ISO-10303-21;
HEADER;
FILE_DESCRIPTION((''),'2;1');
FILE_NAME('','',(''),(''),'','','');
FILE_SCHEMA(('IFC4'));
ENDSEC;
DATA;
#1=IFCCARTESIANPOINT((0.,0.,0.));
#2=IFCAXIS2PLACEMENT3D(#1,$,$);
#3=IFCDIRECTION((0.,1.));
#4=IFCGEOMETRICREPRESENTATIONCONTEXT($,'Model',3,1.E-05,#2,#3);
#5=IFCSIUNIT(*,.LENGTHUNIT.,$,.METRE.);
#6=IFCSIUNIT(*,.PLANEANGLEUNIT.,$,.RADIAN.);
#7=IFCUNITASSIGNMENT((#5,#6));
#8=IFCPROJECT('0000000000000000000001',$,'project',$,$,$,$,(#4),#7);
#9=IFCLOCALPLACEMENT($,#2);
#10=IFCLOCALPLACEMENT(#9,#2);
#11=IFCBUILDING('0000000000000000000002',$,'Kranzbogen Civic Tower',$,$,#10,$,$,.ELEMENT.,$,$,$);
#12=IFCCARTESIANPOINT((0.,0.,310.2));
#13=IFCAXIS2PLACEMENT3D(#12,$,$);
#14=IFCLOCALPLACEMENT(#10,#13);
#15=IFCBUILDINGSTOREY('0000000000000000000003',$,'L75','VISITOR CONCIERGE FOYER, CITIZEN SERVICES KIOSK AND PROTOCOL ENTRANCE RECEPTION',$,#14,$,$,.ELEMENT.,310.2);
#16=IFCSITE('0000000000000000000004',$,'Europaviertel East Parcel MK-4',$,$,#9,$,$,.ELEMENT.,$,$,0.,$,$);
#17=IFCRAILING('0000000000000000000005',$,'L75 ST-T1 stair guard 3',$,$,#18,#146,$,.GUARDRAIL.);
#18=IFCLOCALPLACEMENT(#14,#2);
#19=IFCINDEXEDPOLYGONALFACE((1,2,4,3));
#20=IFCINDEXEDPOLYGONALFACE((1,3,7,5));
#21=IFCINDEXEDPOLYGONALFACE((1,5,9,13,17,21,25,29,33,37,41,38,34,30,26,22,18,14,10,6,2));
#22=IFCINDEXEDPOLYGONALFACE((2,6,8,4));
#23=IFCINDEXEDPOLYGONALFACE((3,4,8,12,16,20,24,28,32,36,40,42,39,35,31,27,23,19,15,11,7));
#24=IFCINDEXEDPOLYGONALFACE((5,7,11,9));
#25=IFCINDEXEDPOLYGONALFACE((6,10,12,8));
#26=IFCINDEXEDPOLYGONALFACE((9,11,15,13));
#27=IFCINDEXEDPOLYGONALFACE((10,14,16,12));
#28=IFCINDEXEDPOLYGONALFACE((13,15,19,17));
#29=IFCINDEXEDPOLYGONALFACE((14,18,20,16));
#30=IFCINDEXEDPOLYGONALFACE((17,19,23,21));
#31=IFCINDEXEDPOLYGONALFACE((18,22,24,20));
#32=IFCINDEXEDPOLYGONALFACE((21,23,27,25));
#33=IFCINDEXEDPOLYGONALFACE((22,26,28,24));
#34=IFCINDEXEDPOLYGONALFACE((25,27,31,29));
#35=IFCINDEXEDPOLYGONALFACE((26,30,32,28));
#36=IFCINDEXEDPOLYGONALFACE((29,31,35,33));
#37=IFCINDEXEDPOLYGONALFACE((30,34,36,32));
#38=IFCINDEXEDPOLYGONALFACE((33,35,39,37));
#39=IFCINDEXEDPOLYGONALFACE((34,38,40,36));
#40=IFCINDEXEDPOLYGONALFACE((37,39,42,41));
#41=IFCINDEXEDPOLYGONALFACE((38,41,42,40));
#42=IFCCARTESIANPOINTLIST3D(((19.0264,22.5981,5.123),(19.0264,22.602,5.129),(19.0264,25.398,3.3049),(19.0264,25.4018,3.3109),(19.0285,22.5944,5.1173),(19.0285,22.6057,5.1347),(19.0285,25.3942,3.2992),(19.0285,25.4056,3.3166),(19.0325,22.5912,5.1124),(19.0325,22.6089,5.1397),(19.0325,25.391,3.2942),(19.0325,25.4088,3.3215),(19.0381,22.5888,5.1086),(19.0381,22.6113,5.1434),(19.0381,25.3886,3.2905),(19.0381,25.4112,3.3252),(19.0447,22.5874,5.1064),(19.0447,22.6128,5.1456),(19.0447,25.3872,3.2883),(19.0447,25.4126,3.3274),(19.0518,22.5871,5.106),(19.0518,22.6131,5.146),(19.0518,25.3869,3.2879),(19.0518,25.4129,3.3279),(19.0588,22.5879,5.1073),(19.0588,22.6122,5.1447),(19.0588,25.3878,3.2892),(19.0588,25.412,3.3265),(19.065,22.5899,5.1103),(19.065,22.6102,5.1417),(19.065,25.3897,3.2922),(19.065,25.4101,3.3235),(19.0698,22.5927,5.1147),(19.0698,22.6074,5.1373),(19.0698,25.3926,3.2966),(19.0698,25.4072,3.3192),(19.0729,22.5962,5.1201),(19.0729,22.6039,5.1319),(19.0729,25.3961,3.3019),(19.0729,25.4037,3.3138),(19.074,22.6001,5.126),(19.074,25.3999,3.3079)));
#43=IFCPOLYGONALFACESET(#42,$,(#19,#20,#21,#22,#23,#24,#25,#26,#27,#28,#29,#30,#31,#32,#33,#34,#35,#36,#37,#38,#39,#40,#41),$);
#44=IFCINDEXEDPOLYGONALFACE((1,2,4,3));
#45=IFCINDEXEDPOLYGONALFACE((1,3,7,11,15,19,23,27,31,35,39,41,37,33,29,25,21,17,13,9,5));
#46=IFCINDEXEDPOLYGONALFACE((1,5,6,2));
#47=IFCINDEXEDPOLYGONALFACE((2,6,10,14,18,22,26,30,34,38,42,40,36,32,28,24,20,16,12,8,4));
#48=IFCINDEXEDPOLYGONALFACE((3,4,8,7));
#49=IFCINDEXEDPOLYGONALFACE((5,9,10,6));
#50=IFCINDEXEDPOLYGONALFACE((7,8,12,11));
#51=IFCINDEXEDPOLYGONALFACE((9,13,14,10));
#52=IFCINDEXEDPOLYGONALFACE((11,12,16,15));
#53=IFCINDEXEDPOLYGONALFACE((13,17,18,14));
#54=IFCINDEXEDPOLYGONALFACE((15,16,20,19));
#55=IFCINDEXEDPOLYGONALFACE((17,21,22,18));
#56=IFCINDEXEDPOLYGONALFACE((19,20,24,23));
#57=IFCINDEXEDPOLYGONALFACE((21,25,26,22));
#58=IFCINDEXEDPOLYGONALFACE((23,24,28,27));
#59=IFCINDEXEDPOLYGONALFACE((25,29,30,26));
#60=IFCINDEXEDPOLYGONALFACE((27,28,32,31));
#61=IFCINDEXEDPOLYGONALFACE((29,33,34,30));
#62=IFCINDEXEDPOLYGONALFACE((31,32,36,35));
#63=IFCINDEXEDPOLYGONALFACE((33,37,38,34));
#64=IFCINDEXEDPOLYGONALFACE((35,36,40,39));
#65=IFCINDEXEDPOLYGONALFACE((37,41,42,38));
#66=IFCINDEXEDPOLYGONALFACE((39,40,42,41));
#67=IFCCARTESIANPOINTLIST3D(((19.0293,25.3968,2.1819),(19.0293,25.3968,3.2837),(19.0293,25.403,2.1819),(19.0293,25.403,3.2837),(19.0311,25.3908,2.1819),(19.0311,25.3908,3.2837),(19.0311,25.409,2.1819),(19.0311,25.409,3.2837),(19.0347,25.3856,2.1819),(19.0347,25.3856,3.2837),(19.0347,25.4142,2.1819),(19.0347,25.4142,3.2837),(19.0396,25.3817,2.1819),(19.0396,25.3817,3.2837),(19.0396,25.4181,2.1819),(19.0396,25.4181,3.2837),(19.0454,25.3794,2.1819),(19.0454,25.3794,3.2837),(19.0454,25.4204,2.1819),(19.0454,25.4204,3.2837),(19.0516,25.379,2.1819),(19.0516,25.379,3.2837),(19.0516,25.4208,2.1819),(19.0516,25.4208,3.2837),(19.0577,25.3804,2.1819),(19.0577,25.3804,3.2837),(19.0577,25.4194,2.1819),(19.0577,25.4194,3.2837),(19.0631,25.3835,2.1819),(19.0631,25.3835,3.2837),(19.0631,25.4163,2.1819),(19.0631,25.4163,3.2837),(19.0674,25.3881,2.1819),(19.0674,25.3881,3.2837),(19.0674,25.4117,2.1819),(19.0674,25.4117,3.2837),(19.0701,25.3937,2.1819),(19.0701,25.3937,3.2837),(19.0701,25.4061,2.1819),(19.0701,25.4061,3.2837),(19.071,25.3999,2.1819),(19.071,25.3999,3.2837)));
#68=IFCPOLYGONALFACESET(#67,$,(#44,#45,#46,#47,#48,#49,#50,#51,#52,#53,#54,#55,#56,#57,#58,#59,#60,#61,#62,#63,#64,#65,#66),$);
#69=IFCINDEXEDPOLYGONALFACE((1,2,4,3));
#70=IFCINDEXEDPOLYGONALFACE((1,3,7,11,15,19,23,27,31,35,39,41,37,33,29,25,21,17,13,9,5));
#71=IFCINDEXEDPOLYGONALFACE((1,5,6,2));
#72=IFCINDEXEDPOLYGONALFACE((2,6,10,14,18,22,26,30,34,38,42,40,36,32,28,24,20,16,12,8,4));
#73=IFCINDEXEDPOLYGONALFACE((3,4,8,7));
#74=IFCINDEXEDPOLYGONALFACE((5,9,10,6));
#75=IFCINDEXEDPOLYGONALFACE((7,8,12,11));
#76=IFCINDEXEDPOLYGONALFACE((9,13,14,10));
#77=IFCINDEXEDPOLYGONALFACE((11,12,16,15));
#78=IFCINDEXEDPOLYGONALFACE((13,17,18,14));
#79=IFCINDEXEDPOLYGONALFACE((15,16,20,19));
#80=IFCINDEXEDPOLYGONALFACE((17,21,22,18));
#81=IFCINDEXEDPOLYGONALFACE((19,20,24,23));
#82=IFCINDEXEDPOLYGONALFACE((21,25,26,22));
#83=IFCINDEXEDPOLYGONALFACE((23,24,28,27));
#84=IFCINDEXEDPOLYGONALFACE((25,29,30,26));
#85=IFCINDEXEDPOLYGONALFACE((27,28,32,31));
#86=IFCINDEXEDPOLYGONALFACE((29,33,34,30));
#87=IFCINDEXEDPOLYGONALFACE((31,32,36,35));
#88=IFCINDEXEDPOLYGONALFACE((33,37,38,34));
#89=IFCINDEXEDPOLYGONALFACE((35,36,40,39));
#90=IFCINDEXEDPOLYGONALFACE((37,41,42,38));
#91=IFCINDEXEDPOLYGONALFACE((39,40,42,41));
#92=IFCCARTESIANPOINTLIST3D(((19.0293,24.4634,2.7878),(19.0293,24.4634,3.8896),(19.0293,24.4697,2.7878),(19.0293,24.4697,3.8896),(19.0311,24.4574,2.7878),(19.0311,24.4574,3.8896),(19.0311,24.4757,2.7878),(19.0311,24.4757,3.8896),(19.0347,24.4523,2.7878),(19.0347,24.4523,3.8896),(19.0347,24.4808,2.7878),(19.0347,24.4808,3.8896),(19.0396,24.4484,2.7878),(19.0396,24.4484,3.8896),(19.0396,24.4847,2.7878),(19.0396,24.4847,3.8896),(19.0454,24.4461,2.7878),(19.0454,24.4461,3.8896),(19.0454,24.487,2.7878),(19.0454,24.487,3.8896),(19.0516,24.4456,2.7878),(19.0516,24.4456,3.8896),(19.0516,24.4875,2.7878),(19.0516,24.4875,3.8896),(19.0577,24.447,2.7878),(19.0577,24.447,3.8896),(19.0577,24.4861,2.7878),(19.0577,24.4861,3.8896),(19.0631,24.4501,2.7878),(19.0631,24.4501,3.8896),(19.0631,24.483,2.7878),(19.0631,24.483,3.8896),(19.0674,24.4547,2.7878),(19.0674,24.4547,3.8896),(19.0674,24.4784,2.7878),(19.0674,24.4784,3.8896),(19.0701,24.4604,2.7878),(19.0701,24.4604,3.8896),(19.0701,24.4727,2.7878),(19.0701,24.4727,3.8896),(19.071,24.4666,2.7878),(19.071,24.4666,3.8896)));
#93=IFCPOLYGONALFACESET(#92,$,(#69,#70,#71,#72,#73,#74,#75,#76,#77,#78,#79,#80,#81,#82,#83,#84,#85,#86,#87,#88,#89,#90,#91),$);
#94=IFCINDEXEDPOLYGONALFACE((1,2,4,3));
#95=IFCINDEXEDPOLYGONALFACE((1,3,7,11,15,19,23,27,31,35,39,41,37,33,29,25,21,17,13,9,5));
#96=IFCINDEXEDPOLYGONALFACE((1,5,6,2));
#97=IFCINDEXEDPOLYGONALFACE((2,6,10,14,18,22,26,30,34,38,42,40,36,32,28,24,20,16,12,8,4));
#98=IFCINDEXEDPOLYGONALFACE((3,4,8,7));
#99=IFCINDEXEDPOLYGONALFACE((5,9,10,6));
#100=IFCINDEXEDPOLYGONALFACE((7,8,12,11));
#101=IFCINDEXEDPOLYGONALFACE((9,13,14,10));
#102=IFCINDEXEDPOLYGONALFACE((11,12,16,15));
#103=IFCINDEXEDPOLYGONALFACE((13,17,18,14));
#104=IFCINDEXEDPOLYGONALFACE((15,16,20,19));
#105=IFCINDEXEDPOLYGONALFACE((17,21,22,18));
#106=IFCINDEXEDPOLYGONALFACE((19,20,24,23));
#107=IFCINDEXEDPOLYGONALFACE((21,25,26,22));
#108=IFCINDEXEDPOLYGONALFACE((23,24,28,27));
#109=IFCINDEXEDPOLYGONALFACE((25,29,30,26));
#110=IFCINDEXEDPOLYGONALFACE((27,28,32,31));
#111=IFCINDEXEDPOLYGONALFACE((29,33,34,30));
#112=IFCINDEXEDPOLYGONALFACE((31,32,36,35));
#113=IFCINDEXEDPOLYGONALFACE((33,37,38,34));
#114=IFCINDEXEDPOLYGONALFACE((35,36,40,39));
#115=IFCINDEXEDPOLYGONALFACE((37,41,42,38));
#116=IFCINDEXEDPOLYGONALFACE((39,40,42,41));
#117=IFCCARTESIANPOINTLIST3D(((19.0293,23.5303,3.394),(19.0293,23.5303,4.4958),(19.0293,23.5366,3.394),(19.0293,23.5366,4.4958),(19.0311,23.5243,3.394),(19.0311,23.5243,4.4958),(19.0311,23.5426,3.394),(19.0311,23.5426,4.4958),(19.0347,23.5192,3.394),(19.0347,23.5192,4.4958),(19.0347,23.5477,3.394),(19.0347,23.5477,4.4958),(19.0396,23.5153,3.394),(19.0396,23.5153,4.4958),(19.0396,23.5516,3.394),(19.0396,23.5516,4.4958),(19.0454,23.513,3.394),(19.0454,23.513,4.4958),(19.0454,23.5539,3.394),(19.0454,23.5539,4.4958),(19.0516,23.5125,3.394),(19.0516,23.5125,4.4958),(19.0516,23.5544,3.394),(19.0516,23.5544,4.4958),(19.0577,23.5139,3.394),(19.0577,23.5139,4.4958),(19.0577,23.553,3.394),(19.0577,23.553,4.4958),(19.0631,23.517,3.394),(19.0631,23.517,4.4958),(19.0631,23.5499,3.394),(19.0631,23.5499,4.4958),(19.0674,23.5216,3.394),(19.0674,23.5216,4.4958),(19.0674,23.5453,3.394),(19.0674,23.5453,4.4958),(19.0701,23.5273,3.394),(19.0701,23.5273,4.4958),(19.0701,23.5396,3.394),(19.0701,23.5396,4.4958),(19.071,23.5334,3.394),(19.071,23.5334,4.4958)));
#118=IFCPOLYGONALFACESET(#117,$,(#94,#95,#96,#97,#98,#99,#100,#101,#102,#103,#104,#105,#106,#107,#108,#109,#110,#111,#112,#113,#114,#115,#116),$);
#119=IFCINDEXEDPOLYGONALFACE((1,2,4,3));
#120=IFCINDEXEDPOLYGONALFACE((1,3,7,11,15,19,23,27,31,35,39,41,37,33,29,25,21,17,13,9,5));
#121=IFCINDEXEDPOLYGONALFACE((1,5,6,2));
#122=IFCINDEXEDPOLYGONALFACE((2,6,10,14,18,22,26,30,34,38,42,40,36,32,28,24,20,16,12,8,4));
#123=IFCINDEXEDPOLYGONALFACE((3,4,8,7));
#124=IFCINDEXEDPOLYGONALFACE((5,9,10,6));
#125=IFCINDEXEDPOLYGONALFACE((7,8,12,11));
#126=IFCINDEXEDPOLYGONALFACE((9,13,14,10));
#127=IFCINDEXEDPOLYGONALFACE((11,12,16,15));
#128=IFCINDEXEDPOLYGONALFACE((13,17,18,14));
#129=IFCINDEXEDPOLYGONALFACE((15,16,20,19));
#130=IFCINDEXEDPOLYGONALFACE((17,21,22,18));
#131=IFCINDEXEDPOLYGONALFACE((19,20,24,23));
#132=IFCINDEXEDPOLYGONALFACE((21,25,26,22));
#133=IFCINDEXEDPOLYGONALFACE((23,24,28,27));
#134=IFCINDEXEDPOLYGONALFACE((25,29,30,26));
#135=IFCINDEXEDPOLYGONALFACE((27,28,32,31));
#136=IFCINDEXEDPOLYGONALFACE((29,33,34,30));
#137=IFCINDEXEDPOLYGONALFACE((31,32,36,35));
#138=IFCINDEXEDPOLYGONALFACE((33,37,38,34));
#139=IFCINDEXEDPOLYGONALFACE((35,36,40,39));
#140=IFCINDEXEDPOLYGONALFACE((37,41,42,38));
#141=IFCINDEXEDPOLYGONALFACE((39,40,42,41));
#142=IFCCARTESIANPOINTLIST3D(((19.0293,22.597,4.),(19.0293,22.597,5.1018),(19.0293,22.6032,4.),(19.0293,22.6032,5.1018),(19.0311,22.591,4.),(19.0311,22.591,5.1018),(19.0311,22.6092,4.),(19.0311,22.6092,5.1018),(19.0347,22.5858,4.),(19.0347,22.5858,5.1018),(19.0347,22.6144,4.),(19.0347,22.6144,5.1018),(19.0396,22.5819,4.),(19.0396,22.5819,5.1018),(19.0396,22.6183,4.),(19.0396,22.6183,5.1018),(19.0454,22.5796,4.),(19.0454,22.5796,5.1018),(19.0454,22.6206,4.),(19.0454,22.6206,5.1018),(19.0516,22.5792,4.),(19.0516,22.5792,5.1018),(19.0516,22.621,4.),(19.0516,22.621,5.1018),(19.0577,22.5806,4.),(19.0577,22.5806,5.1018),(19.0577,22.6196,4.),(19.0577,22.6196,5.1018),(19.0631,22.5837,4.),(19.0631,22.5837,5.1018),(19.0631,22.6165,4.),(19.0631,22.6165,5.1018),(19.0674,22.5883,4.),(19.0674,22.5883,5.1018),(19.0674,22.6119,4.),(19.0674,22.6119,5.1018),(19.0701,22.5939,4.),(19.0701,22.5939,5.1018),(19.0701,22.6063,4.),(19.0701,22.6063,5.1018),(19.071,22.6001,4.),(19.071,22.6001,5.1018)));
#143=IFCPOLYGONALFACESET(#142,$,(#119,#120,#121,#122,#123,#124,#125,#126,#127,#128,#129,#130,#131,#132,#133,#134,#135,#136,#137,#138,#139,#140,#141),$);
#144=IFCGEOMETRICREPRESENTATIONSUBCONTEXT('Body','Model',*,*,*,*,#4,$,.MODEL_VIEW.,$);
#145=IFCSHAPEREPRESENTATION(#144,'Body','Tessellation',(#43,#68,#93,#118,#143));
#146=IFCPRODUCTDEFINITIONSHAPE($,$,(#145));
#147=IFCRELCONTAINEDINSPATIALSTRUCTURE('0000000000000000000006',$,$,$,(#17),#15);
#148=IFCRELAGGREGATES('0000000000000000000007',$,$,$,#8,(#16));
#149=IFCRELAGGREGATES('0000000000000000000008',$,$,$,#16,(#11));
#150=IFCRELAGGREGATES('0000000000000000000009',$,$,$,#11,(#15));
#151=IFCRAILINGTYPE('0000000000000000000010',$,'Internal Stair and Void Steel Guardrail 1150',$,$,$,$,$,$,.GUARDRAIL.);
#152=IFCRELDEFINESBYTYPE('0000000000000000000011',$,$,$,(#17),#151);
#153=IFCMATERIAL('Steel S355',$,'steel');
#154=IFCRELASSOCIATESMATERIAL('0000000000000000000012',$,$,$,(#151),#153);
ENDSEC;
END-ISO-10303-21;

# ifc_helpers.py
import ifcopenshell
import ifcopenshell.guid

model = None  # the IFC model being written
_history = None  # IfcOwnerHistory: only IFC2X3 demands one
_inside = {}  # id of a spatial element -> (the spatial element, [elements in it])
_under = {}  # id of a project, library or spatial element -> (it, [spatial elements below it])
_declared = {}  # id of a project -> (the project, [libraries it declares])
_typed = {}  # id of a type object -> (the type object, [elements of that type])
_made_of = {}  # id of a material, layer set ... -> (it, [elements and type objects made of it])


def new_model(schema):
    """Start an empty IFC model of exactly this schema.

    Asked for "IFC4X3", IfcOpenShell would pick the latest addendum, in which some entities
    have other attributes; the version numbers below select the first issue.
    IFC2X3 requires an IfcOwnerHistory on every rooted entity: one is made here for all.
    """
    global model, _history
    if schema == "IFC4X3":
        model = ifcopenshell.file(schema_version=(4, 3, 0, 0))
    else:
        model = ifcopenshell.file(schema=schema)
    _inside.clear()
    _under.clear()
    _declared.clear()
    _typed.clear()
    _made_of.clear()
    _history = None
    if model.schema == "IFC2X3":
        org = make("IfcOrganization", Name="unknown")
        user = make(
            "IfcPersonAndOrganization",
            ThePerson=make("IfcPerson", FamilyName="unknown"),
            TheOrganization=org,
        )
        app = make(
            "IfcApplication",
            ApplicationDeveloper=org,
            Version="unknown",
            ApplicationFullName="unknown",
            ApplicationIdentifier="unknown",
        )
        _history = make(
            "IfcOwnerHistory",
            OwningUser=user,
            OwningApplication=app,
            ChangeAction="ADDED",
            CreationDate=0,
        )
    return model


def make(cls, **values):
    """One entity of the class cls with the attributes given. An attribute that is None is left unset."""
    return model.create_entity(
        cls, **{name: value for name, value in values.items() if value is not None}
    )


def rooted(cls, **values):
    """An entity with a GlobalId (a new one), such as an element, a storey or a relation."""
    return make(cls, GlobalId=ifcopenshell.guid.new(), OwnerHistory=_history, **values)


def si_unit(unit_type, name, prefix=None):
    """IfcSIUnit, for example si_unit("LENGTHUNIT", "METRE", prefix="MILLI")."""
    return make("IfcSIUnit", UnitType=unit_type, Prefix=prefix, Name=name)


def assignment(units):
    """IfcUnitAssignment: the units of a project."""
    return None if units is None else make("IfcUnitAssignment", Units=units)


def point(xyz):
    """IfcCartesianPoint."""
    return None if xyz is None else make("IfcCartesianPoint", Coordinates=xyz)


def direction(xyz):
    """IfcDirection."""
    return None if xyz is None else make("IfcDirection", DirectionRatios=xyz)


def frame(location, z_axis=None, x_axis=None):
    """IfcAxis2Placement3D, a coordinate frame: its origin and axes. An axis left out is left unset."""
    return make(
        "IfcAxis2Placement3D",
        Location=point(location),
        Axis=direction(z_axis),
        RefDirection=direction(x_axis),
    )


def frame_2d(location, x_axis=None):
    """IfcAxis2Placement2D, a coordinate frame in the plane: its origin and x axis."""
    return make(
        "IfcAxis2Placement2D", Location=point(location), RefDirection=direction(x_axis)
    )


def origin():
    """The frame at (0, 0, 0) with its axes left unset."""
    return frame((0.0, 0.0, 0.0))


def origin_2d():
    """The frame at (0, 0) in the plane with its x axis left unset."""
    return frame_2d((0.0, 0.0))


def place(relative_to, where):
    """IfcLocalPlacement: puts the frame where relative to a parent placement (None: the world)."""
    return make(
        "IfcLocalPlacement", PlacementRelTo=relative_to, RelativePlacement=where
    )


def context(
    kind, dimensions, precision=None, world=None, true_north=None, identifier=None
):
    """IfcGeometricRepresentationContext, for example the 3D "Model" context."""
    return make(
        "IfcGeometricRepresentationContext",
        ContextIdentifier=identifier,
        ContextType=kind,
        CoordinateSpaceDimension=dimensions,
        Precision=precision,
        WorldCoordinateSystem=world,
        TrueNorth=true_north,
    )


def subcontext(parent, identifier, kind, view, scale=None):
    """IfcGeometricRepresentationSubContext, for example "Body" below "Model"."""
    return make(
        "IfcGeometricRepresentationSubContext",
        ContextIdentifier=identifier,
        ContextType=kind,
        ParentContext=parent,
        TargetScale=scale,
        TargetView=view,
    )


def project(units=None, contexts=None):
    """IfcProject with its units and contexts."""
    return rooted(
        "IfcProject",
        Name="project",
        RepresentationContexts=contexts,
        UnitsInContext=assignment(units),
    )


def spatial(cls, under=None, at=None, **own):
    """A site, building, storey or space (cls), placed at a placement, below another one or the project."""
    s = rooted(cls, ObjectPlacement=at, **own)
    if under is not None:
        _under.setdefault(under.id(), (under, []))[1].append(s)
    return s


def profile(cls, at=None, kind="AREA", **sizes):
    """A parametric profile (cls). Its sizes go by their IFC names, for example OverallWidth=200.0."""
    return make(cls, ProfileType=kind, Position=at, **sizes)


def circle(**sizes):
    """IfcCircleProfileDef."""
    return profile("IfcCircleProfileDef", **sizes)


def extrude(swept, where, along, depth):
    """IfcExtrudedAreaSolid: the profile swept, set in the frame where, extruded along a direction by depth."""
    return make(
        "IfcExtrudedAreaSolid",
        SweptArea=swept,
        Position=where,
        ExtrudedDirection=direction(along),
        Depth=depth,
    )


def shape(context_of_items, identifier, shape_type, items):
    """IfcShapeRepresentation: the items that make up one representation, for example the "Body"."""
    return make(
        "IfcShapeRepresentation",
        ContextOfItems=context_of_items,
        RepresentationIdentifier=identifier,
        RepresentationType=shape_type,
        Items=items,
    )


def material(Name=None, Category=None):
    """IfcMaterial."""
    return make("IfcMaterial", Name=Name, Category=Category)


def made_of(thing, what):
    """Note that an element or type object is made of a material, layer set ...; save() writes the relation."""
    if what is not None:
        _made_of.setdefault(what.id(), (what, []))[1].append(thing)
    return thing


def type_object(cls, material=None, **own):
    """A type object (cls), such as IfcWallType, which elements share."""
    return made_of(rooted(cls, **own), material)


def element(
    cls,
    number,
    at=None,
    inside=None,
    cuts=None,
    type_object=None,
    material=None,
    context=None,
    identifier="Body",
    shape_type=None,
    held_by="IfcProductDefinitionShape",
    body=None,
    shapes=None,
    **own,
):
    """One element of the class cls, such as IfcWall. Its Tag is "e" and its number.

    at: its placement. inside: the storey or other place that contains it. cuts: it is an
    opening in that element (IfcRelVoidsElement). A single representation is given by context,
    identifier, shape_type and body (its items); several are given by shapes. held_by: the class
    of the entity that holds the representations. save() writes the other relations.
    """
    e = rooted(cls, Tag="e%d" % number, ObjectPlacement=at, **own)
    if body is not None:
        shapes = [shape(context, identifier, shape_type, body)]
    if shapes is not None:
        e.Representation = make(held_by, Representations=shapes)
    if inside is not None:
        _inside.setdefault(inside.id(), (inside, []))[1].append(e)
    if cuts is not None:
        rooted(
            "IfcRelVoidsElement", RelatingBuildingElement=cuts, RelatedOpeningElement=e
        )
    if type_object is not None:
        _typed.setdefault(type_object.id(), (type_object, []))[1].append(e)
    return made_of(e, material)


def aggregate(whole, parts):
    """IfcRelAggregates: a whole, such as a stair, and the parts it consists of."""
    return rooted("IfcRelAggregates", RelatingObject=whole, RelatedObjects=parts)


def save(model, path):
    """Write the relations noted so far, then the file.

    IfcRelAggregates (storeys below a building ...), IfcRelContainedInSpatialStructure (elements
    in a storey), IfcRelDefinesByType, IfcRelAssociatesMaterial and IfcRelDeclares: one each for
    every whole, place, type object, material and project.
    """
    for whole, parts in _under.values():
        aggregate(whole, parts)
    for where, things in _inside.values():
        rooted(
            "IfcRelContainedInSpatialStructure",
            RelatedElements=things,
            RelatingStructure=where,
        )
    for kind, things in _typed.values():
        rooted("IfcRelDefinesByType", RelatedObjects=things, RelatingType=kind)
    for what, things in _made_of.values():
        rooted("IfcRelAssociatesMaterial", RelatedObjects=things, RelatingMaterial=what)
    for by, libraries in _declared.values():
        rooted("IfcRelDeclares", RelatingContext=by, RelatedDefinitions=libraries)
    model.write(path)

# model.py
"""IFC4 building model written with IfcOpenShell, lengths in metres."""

from ifc_helpers import new_model, si_unit, direction, frame, origin, origin_2d, place, context, subcontext, project, spatial, circle, extrude, material, type_object, element, save


model = new_model("IFC4")

# Units and contexts
model_context = context("Model", 3, precision=1e-05, world=origin(), true_north=direction((0.0, 1.0)))
body_context = subcontext(model_context, "Body", "Model", "MODEL_VIEW")
ifc_project = project(units=[si_unit("LENGTHUNIT", "METRE"), si_unit("PLANEANGLEUNIT", "RADIAN")], contexts=[model_context])

# Site, building, storey
site_placement = place(None, origin())
site = spatial("IfcSite", under=ifc_project, at=site_placement, Name="Europaviertel East Parcel MK-4", CompositionType="ELEMENT", RefElevation=0.0)
building_placement = place(site_placement, origin())
building = spatial("IfcBuilding", under=site, at=building_placement, Name="Kranzbogen Civic Tower", CompositionType="ELEMENT")
storey_placement = place(building_placement, frame((0.0, 0.0, 310.2)))
storey = spatial("IfcBuildingStorey", under=building, at=storey_placement, Name="L75", Description="VISITOR CONCIERGE FOYER, CITIZEN SERVICES KIOSK AND PROTOCOL ENTRANCE RECEPTION", CompositionType="ELEMENT", Elevation=310.2)

# Shared definitions
ifc_material_1 = material(Name="Steel S355", Category="steel")

# Railing
railing_type_1 = type_object("IfcRailingType", Name="Internal Stair and Void Steel Guardrail 1150", PredefinedType="GUARDRAIL", material=ifc_material_1)
railing_1_placement = place(storey_placement, frame((19.05, 25.3999, 2.1819)))
element("IfcRailing", 1, at=railing_1_placement, inside=storey, type_object=railing_type_1, Name="L75 ST-T1 stair guard 3", PredefinedType="GUARDRAIL", context=body_context, shape_type="SweptSolid", body=[
    extrude(circle(Radius=0.0239, at=origin_2d()), frame((0.0, 0.0, 1.126), z_axis=(0.0, -0.838684, 0.544618), x_axis=(1.0, 0.0, 0.0)), (0.0, 0.0, 1.0), 3.3384),
    extrude(circle(Radius=0.021, at=origin_2d()), origin(), (0.0, 0.0, 1.0), 1.1018),
    extrude(circle(Radius=0.021, at=origin_2d()), frame((0.0, -0.9333, 0.606)), (0.0, 0.0, 1.0), 1.1018),
    extrude(circle(Radius=0.021, at=origin_2d()), frame((0.0, -1.8665, 1.2122)), (0.0, 0.0, 1.0), 1.1018),
    extrude(circle(Radius=0.021, at=origin_2d()), frame((0.0, -2.7998, 1.8181)), (0.0, 0.0, 1.0), 1.1018),
])

save(model, "model.ifc")
